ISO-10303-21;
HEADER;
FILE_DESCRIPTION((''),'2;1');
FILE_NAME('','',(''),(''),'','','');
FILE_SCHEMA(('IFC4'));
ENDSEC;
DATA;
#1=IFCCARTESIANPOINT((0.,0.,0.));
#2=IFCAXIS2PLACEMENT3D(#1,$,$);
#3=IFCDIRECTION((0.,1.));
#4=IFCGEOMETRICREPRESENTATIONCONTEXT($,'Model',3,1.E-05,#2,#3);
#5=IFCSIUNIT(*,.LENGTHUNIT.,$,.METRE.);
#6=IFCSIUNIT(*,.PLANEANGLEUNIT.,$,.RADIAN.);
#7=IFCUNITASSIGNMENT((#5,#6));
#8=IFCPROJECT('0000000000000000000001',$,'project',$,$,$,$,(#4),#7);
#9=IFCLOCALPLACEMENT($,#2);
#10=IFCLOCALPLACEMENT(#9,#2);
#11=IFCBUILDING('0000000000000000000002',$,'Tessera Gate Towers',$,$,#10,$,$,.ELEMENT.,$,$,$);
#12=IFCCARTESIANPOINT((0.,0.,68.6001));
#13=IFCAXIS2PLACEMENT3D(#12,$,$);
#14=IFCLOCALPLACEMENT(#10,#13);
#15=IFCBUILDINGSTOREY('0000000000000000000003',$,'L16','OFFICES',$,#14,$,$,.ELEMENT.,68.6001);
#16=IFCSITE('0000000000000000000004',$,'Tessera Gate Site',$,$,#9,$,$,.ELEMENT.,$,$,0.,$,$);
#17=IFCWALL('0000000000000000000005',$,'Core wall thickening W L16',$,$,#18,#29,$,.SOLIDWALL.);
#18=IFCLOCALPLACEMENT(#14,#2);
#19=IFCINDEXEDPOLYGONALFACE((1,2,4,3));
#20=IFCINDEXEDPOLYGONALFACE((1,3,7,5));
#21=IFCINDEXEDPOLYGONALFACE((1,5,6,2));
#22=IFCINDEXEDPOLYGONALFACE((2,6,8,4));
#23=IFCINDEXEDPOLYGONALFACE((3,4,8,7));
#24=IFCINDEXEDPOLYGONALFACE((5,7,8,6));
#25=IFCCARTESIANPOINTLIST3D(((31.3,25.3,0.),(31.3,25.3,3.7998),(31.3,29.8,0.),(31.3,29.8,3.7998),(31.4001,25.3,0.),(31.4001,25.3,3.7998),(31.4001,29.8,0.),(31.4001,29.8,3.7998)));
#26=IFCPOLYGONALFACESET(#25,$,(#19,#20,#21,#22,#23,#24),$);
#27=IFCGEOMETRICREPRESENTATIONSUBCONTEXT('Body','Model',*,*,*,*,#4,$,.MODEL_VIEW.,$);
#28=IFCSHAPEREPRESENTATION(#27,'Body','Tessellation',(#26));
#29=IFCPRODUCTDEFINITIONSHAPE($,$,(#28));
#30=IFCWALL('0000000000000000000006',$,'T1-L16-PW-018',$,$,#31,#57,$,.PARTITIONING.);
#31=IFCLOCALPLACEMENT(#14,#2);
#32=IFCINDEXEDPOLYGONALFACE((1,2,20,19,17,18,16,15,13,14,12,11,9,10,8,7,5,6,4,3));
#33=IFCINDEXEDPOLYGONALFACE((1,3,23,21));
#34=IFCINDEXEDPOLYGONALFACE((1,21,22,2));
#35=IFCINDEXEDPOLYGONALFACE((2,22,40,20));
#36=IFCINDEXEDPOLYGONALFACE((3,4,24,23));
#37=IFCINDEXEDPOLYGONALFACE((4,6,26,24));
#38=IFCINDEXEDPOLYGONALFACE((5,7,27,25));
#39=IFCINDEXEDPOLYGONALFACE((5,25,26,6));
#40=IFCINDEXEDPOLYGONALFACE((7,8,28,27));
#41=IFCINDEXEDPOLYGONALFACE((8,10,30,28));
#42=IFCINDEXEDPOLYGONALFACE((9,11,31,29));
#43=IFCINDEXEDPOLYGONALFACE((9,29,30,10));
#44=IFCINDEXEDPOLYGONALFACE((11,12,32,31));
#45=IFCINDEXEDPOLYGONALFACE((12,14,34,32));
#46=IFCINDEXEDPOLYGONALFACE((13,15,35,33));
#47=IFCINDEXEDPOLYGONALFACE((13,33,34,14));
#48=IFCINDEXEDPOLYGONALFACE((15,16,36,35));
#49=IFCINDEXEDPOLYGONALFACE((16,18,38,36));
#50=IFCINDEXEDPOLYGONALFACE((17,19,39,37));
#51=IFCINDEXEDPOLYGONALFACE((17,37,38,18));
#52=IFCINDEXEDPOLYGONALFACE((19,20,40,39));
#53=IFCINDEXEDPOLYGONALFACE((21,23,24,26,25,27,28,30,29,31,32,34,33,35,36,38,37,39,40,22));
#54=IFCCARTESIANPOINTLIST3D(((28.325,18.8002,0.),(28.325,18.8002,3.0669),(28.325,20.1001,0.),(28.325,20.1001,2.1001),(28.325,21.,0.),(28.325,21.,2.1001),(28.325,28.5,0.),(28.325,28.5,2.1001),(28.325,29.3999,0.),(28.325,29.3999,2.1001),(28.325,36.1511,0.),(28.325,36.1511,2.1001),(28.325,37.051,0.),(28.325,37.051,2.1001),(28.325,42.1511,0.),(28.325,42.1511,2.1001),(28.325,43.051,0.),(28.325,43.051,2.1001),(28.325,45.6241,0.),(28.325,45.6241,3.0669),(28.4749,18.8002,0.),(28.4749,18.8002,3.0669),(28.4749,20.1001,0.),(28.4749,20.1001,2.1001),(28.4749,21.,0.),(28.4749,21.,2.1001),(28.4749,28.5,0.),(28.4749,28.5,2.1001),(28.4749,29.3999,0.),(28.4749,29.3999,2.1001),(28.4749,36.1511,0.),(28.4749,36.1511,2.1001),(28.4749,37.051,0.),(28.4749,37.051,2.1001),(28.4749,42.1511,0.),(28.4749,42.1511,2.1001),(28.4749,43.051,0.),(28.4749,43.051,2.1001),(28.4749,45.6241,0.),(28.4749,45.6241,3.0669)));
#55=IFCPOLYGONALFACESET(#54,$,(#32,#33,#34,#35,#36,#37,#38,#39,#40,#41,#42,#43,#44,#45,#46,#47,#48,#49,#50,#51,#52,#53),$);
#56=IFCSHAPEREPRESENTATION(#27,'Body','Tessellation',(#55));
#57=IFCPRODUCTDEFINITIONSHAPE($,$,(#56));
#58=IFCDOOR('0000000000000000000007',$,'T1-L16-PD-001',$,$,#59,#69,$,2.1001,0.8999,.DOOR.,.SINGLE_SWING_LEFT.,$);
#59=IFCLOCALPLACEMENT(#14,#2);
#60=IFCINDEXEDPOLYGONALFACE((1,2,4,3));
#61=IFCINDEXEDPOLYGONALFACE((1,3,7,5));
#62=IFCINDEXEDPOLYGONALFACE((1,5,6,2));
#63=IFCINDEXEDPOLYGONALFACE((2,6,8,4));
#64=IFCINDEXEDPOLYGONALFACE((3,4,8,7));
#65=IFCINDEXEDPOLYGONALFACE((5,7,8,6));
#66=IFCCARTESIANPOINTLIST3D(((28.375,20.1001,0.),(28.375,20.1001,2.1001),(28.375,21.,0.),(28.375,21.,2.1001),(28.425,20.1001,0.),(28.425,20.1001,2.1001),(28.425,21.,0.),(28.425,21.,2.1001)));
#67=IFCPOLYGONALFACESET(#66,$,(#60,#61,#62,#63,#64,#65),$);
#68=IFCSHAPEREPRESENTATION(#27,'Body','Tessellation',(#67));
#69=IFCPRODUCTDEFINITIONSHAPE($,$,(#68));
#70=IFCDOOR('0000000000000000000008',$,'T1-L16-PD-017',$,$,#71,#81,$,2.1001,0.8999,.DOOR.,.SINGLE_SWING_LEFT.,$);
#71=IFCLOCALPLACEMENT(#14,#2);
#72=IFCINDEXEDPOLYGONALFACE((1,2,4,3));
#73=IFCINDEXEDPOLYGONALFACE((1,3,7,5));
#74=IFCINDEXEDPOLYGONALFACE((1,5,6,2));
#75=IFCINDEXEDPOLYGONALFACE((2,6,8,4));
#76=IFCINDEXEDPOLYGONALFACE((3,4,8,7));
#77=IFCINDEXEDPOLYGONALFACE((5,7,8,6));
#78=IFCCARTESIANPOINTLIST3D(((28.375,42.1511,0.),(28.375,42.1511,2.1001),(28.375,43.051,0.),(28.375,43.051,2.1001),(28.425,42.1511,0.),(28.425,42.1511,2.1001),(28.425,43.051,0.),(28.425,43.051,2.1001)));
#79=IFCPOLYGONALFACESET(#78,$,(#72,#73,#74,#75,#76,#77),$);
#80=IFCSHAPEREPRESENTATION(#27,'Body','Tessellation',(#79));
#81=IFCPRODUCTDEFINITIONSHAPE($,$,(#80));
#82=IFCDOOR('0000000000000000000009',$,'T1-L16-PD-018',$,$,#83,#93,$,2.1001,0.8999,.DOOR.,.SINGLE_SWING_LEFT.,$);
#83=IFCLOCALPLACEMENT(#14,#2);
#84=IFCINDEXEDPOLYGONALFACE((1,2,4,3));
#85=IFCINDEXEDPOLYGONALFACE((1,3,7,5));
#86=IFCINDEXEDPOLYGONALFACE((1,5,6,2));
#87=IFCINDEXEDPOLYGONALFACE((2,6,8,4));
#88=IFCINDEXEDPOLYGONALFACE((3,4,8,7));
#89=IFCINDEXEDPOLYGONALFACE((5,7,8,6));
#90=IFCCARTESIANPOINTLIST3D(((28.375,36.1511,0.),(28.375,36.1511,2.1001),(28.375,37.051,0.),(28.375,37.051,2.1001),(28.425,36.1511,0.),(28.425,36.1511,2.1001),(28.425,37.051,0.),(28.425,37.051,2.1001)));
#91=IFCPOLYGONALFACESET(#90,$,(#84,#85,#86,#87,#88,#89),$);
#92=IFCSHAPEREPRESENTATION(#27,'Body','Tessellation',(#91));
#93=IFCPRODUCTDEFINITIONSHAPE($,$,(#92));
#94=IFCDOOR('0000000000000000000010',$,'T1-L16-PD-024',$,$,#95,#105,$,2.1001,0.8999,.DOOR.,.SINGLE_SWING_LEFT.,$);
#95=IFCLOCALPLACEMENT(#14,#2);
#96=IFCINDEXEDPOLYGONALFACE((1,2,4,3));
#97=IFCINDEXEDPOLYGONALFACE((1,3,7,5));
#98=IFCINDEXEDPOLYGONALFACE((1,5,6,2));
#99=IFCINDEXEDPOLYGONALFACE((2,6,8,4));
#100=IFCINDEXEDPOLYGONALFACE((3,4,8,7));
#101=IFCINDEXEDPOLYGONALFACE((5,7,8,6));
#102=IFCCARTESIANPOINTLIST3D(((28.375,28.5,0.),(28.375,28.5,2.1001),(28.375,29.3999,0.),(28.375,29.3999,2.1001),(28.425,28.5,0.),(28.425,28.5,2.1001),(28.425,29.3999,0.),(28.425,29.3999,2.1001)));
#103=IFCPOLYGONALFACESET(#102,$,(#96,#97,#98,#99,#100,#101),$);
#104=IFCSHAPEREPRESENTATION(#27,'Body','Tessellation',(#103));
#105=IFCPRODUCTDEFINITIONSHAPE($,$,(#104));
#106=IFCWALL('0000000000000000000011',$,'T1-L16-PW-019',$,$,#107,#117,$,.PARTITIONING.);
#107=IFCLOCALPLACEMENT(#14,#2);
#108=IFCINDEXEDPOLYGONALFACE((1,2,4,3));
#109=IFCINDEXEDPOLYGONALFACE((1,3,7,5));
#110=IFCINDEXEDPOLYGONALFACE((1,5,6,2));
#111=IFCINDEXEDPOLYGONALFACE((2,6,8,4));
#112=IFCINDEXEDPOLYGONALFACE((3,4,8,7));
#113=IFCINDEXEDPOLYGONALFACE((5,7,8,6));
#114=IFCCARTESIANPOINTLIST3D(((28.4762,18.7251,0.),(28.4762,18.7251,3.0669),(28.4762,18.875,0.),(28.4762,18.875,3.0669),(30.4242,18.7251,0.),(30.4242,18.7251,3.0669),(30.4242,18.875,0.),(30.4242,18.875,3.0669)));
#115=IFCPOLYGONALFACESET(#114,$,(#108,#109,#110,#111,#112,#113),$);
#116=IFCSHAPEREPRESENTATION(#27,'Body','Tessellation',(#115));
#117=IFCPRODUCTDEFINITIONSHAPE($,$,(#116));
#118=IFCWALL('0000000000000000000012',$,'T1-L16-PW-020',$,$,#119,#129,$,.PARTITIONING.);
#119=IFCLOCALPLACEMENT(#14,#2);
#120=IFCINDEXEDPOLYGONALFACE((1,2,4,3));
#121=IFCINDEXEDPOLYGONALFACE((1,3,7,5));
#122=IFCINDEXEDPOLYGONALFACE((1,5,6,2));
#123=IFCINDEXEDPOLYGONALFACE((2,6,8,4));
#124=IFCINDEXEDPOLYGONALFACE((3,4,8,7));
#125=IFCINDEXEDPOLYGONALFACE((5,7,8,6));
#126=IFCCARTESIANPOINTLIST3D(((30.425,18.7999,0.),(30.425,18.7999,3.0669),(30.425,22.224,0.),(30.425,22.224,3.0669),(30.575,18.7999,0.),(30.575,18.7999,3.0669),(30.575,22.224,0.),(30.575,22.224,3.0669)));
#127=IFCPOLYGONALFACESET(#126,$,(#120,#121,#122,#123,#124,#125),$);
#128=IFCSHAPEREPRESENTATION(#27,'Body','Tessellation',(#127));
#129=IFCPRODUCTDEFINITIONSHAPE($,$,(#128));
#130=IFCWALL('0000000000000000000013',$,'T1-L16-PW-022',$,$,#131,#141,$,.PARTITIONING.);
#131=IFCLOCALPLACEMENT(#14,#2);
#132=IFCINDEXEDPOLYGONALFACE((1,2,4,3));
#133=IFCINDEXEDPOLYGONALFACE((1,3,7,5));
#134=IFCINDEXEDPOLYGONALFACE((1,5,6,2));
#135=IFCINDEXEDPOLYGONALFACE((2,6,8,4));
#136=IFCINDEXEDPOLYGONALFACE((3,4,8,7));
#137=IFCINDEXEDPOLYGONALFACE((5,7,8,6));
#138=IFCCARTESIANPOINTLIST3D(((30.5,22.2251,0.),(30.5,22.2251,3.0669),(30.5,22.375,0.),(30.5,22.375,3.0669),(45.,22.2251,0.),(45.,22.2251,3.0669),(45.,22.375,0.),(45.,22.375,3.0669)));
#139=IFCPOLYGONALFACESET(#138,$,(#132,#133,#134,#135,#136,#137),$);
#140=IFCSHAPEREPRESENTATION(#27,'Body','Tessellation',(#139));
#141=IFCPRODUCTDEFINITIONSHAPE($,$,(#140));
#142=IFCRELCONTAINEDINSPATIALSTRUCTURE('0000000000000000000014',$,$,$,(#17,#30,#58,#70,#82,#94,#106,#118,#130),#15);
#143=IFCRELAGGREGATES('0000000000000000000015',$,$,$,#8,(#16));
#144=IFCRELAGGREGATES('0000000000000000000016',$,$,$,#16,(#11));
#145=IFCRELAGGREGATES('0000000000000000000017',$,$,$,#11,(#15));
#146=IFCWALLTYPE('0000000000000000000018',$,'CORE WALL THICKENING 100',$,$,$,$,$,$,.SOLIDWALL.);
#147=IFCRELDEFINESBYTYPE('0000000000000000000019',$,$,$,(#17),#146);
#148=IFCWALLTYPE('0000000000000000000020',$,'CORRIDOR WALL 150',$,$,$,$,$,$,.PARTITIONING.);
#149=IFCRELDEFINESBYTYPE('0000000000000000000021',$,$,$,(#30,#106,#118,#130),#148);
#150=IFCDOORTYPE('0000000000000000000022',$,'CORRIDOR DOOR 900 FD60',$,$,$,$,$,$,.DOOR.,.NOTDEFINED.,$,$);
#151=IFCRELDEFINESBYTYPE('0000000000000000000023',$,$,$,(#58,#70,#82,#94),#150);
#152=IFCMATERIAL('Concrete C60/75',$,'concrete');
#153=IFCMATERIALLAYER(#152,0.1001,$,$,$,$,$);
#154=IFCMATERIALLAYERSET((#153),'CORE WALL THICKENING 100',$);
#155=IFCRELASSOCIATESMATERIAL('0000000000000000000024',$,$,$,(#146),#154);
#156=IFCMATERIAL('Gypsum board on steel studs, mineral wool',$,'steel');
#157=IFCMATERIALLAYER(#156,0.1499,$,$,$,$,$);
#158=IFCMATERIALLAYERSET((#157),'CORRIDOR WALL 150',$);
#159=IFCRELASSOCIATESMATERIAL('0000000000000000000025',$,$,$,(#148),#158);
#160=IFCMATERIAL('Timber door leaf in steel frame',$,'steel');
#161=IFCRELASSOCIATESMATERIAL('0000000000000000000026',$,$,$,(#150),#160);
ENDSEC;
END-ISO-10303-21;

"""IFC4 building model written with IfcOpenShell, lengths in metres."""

from ifc_helpers import new_model, si_unit, direction, frame, frame_2d, origin, place, context, subcontext, project, spatial, rectangle, extrude, source, transform, mapped, material, layer, layer_set, type_object, element, fill, save


model = new_model("IFC4")

# Units and contexts
model_context = context("Model", 3, precision=1e-05, world=origin(), true_north=direction((0.0, 1.0)))
body_context = subcontext(model_context, "Body", "Model", "MODEL_VIEW")
ifc_project = project(units=[si_unit("LENGTHUNIT", "METRE"), si_unit("PLANEANGLEUNIT", "RADIAN")], contexts=[model_context])

# Site, building, storey
site_placement = place(None, origin())
site = spatial("IfcSite", under=ifc_project, at=site_placement, Name="Tessera Gate Site", CompositionType="ELEMENT", RefElevation=0.0)
building_placement = place(site_placement, origin())
building = spatial("IfcBuilding", under=site, at=building_placement, Name="Tessera Gate Towers", CompositionType="ELEMENT")
storey_placement = place(building_placement, frame((0.0, 0.0, 68.6001)))
storey = spatial("IfcBuildingStorey", under=building, at=storey_placement, Name="L16", Description="OFFICES", CompositionType="ELEMENT", Elevation=68.6001)

# Wall
ifc_material_1 = material(Name="Concrete C60/75", Category="concrete")
ifc_layer_1 = layer(ifc_material_1, 0.1001)
ifc_layer_set_1 = layer_set([ifc_layer_1], Name="CORE WALL THICKENING 100")
wall_type_1 = type_object("IfcWallType", Name="CORE WALL THICKENING 100", PredefinedType="SOLIDWALL", material=ifc_layer_set_1)
wall_1_placement = place(storey_placement, frame((31.3501, 25.3, 0.0), z_axis=(0.0, 0.0, 1.0), x_axis=(0.0, 1.0, 0.0)))
element("IfcWall", 1, at=wall_1_placement, inside=storey, type_object=wall_type_1, Name="Core wall thickening W L16", PredefinedType="SOLIDWALL", context=body_context, shape_type="SweptSolid", body=[
    extrude(rectangle(XDim=4.5, YDim=0.1001, at=frame_2d((2.25, 0.0))), origin(), (0.0, 0.0, 1.0), 3.7998),
])

# Wall, openings, doors
ifc_material_2 = material(Name="Gypsum board on steel studs, mineral wool", Category="steel")
ifc_layer_2 = layer(ifc_material_2, 0.1499)
ifc_layer_set_2 = layer_set([ifc_layer_2], Name="CORRIDOR WALL 150")
wall_type_2 = type_object("IfcWallType", Name="CORRIDOR WALL 150", PredefinedType="PARTITIONING", material=ifc_layer_set_2)
wall_2_placement = place(storey_placement, frame((28.3999, 18.8, 0.0), z_axis=(0.0, 0.0, 1.0), x_axis=(0.0, 1.0, 0.0)))
wall_2 = element("IfcWall", 2, at=wall_2_placement, inside=storey, type_object=wall_type_2, Name="T1-L16-PW-018", PredefinedType="PARTITIONING", context=body_context, shape_type="SweptSolid", body=[
    extrude(rectangle(XDim=26.824, YDim=0.1499, at=frame_2d((13.4121, 0.0))), origin(), (0.0, 0.0, 1.0), 3.0669),
])
shared_shape_1 = source(origin(), body_context, "Body", "SweptSolid", [
    extrude(rectangle(XDim=0.8999, YDim=2.1001, at=frame_2d((0.45, 1.05))), frame((0.0, 0.085, 0.0), z_axis=(0.0, -1.0, 0.0), x_axis=(1.0, 0.0, 0.0)), (0.0, 0.0, 1.0), 0.1699),
])
opening_1_placement = place(wall_2_placement, frame((1.3, 0.0, 0.0)))
opening_1 = element("IfcOpeningElement", 3, at=opening_1_placement, cuts=wall_2, PredefinedType="OPENING", context=body_context, shape_type="MappedRepresentation", body=[
    mapped(shared_shape_1, transform((0.0, 0.0, 0.0), scale=1.0)),
])
opening_2_placement = place(wall_2_placement, frame((23.3511, 0.0, 0.0)))
opening_2 = element("IfcOpeningElement", 4, at=opening_2_placement, cuts=wall_2, PredefinedType="OPENING", context=body_context, shape_type="MappedRepresentation", body=[
    mapped(shared_shape_1, transform((0.0, 0.0, 0.0), scale=1.0)),
])
opening_3_placement = place(wall_2_placement, frame((17.3511, 0.0, 0.0)))
opening_3 = element("IfcOpeningElement", 5, at=opening_3_placement, cuts=wall_2, PredefinedType="OPENING", context=body_context, shape_type="MappedRepresentation", body=[
    mapped(shared_shape_1, transform((0.0, 0.0, 0.0), scale=1.0)),
])
opening_4_placement = place(wall_2_placement, frame((9.7, 0.0, 0.0)))
opening_4 = element("IfcOpeningElement", 6, at=opening_4_placement, cuts=wall_2, PredefinedType="OPENING", context=body_context, shape_type="MappedRepresentation", body=[
    mapped(shared_shape_1, transform((0.0, 0.0, 0.0), scale=1.0)),
])
ifc_material_3 = material(Name="Timber door leaf in steel frame", Category="steel")
door_type_1 = type_object("IfcDoorType", Name="CORRIDOR DOOR 900 FD60", OperationType="NOTDEFINED", PredefinedType="DOOR", material=ifc_material_3)
shared_shape_2 = source(origin(), body_context, "Body", "SweptSolid", [
    extrude(rectangle(XDim=0.8999, YDim=2.1001, at=frame_2d((0.45, 1.05))), frame((0.0, 0.0249, 0.0), z_axis=(0.0, -1.0, 0.0), x_axis=(1.0, 0.0, 0.0)), (0.0, 0.0, 1.0), 0.05),
])
door_1_placement = place(opening_1_placement, origin())
door_1 = element("IfcDoor", 7, at=door_1_placement, inside=storey, type_object=door_type_1, Name="T1-L16-PD-001", OperationType="SINGLE_SWING_LEFT", OverallHeight=2.1001, OverallWidth=0.8999, PredefinedType="DOOR", context=body_context, shape_type="MappedRepresentation", body=[
    mapped(shared_shape_2, transform((0.0, 0.0, 0.0), scale=1.0)),
])
fill(opening_1, door_1)
door_2_placement = place(opening_2_placement, origin())
door_2 = element("IfcDoor", 8, at=door_2_placement, inside=storey, type_object=door_type_1, Name="T1-L16-PD-017", OperationType="SINGLE_SWING_LEFT", OverallHeight=2.1001, OverallWidth=0.8999, PredefinedType="DOOR", context=body_context, shape_type="MappedRepresentation", body=[
    mapped(shared_shape_2, transform((0.0, 0.0, 0.0), scale=1.0)),
])
fill(opening_2, door_2)
door_3_placement = place(opening_3_placement, origin())
door_3 = element("IfcDoor", 9, at=door_3_placement, inside=storey, type_object=door_type_1, Name="T1-L16-PD-018", OperationType="SINGLE_SWING_LEFT", OverallHeight=2.1001, OverallWidth=0.8999, PredefinedType="DOOR", context=body_context, shape_type="MappedRepresentation", body=[
    mapped(shared_shape_2, transform((0.0, 0.0, 0.0), scale=1.0)),
])
fill(opening_3, door_3)
door_4_placement = place(opening_4_placement, origin())
door_4 = element("IfcDoor", 10, at=door_4_placement, inside=storey, type_object=door_type_1, Name="T1-L16-PD-024", OperationType="SINGLE_SWING_LEFT", OverallHeight=2.1001, OverallWidth=0.8999, PredefinedType="DOOR", context=body_context, shape_type="MappedRepresentation", body=[
    mapped(shared_shape_2, transform((0.0, 0.0, 0.0), scale=1.0)),
])
fill(opening_4, door_4)

# Walls
wall_3_placement = place(storey_placement, frame((28.4761, 18.8, 0.0), z_axis=(0.0, 0.0, 1.0), x_axis=(1.0, 0.0, 0.0)))
element("IfcWall", 11, at=wall_3_placement, inside=storey, type_object=wall_type_2, Name="T1-L16-PW-019", PredefinedType="PARTITIONING", context=body_context, shape_type="SweptSolid", body=[
    extrude(rectangle(XDim=1.948, YDim=0.1499, at=frame_2d((0.9741, 0.0))), origin(), (0.0, 0.0, 1.0), 3.0669),
])
wall_4_placement = place(storey_placement, frame((30.5, 18.8, 0.0), z_axis=(0.0, 0.0, 1.0), x_axis=(0.0, 1.0, 0.0)))
element("IfcWall", 12, at=wall_4_placement, inside=storey, type_object=wall_type_2, Name="T1-L16-PW-020", PredefinedType="PARTITIONING", context=body_context, shape_type="SweptSolid", body=[
    extrude(rectangle(XDim=3.4241, YDim=0.1499, at=frame_2d((1.7119, 0.0))), origin(), (0.0, 0.0, 1.0), 3.0669),
])
wall_5_placement = place(storey_placement, frame((30.5, 22.3, 0.0), z_axis=(0.0, 0.0, 1.0), x_axis=(1.0, 0.0, 0.0)))
element("IfcWall", 13, at=wall_5_placement, inside=storey, type_object=wall_type_2, Name="T1-L16-PW-022", PredefinedType="PARTITIONING", context=body_context, shape_type="SweptSolid", body=[
    extrude(rectangle(XDim=14.5, YDim=0.1499, at=frame_2d((7.25, 0.0))), origin(), (0.0, 0.0, 1.0), 3.0669),
])

save(model, "model.ifc")
